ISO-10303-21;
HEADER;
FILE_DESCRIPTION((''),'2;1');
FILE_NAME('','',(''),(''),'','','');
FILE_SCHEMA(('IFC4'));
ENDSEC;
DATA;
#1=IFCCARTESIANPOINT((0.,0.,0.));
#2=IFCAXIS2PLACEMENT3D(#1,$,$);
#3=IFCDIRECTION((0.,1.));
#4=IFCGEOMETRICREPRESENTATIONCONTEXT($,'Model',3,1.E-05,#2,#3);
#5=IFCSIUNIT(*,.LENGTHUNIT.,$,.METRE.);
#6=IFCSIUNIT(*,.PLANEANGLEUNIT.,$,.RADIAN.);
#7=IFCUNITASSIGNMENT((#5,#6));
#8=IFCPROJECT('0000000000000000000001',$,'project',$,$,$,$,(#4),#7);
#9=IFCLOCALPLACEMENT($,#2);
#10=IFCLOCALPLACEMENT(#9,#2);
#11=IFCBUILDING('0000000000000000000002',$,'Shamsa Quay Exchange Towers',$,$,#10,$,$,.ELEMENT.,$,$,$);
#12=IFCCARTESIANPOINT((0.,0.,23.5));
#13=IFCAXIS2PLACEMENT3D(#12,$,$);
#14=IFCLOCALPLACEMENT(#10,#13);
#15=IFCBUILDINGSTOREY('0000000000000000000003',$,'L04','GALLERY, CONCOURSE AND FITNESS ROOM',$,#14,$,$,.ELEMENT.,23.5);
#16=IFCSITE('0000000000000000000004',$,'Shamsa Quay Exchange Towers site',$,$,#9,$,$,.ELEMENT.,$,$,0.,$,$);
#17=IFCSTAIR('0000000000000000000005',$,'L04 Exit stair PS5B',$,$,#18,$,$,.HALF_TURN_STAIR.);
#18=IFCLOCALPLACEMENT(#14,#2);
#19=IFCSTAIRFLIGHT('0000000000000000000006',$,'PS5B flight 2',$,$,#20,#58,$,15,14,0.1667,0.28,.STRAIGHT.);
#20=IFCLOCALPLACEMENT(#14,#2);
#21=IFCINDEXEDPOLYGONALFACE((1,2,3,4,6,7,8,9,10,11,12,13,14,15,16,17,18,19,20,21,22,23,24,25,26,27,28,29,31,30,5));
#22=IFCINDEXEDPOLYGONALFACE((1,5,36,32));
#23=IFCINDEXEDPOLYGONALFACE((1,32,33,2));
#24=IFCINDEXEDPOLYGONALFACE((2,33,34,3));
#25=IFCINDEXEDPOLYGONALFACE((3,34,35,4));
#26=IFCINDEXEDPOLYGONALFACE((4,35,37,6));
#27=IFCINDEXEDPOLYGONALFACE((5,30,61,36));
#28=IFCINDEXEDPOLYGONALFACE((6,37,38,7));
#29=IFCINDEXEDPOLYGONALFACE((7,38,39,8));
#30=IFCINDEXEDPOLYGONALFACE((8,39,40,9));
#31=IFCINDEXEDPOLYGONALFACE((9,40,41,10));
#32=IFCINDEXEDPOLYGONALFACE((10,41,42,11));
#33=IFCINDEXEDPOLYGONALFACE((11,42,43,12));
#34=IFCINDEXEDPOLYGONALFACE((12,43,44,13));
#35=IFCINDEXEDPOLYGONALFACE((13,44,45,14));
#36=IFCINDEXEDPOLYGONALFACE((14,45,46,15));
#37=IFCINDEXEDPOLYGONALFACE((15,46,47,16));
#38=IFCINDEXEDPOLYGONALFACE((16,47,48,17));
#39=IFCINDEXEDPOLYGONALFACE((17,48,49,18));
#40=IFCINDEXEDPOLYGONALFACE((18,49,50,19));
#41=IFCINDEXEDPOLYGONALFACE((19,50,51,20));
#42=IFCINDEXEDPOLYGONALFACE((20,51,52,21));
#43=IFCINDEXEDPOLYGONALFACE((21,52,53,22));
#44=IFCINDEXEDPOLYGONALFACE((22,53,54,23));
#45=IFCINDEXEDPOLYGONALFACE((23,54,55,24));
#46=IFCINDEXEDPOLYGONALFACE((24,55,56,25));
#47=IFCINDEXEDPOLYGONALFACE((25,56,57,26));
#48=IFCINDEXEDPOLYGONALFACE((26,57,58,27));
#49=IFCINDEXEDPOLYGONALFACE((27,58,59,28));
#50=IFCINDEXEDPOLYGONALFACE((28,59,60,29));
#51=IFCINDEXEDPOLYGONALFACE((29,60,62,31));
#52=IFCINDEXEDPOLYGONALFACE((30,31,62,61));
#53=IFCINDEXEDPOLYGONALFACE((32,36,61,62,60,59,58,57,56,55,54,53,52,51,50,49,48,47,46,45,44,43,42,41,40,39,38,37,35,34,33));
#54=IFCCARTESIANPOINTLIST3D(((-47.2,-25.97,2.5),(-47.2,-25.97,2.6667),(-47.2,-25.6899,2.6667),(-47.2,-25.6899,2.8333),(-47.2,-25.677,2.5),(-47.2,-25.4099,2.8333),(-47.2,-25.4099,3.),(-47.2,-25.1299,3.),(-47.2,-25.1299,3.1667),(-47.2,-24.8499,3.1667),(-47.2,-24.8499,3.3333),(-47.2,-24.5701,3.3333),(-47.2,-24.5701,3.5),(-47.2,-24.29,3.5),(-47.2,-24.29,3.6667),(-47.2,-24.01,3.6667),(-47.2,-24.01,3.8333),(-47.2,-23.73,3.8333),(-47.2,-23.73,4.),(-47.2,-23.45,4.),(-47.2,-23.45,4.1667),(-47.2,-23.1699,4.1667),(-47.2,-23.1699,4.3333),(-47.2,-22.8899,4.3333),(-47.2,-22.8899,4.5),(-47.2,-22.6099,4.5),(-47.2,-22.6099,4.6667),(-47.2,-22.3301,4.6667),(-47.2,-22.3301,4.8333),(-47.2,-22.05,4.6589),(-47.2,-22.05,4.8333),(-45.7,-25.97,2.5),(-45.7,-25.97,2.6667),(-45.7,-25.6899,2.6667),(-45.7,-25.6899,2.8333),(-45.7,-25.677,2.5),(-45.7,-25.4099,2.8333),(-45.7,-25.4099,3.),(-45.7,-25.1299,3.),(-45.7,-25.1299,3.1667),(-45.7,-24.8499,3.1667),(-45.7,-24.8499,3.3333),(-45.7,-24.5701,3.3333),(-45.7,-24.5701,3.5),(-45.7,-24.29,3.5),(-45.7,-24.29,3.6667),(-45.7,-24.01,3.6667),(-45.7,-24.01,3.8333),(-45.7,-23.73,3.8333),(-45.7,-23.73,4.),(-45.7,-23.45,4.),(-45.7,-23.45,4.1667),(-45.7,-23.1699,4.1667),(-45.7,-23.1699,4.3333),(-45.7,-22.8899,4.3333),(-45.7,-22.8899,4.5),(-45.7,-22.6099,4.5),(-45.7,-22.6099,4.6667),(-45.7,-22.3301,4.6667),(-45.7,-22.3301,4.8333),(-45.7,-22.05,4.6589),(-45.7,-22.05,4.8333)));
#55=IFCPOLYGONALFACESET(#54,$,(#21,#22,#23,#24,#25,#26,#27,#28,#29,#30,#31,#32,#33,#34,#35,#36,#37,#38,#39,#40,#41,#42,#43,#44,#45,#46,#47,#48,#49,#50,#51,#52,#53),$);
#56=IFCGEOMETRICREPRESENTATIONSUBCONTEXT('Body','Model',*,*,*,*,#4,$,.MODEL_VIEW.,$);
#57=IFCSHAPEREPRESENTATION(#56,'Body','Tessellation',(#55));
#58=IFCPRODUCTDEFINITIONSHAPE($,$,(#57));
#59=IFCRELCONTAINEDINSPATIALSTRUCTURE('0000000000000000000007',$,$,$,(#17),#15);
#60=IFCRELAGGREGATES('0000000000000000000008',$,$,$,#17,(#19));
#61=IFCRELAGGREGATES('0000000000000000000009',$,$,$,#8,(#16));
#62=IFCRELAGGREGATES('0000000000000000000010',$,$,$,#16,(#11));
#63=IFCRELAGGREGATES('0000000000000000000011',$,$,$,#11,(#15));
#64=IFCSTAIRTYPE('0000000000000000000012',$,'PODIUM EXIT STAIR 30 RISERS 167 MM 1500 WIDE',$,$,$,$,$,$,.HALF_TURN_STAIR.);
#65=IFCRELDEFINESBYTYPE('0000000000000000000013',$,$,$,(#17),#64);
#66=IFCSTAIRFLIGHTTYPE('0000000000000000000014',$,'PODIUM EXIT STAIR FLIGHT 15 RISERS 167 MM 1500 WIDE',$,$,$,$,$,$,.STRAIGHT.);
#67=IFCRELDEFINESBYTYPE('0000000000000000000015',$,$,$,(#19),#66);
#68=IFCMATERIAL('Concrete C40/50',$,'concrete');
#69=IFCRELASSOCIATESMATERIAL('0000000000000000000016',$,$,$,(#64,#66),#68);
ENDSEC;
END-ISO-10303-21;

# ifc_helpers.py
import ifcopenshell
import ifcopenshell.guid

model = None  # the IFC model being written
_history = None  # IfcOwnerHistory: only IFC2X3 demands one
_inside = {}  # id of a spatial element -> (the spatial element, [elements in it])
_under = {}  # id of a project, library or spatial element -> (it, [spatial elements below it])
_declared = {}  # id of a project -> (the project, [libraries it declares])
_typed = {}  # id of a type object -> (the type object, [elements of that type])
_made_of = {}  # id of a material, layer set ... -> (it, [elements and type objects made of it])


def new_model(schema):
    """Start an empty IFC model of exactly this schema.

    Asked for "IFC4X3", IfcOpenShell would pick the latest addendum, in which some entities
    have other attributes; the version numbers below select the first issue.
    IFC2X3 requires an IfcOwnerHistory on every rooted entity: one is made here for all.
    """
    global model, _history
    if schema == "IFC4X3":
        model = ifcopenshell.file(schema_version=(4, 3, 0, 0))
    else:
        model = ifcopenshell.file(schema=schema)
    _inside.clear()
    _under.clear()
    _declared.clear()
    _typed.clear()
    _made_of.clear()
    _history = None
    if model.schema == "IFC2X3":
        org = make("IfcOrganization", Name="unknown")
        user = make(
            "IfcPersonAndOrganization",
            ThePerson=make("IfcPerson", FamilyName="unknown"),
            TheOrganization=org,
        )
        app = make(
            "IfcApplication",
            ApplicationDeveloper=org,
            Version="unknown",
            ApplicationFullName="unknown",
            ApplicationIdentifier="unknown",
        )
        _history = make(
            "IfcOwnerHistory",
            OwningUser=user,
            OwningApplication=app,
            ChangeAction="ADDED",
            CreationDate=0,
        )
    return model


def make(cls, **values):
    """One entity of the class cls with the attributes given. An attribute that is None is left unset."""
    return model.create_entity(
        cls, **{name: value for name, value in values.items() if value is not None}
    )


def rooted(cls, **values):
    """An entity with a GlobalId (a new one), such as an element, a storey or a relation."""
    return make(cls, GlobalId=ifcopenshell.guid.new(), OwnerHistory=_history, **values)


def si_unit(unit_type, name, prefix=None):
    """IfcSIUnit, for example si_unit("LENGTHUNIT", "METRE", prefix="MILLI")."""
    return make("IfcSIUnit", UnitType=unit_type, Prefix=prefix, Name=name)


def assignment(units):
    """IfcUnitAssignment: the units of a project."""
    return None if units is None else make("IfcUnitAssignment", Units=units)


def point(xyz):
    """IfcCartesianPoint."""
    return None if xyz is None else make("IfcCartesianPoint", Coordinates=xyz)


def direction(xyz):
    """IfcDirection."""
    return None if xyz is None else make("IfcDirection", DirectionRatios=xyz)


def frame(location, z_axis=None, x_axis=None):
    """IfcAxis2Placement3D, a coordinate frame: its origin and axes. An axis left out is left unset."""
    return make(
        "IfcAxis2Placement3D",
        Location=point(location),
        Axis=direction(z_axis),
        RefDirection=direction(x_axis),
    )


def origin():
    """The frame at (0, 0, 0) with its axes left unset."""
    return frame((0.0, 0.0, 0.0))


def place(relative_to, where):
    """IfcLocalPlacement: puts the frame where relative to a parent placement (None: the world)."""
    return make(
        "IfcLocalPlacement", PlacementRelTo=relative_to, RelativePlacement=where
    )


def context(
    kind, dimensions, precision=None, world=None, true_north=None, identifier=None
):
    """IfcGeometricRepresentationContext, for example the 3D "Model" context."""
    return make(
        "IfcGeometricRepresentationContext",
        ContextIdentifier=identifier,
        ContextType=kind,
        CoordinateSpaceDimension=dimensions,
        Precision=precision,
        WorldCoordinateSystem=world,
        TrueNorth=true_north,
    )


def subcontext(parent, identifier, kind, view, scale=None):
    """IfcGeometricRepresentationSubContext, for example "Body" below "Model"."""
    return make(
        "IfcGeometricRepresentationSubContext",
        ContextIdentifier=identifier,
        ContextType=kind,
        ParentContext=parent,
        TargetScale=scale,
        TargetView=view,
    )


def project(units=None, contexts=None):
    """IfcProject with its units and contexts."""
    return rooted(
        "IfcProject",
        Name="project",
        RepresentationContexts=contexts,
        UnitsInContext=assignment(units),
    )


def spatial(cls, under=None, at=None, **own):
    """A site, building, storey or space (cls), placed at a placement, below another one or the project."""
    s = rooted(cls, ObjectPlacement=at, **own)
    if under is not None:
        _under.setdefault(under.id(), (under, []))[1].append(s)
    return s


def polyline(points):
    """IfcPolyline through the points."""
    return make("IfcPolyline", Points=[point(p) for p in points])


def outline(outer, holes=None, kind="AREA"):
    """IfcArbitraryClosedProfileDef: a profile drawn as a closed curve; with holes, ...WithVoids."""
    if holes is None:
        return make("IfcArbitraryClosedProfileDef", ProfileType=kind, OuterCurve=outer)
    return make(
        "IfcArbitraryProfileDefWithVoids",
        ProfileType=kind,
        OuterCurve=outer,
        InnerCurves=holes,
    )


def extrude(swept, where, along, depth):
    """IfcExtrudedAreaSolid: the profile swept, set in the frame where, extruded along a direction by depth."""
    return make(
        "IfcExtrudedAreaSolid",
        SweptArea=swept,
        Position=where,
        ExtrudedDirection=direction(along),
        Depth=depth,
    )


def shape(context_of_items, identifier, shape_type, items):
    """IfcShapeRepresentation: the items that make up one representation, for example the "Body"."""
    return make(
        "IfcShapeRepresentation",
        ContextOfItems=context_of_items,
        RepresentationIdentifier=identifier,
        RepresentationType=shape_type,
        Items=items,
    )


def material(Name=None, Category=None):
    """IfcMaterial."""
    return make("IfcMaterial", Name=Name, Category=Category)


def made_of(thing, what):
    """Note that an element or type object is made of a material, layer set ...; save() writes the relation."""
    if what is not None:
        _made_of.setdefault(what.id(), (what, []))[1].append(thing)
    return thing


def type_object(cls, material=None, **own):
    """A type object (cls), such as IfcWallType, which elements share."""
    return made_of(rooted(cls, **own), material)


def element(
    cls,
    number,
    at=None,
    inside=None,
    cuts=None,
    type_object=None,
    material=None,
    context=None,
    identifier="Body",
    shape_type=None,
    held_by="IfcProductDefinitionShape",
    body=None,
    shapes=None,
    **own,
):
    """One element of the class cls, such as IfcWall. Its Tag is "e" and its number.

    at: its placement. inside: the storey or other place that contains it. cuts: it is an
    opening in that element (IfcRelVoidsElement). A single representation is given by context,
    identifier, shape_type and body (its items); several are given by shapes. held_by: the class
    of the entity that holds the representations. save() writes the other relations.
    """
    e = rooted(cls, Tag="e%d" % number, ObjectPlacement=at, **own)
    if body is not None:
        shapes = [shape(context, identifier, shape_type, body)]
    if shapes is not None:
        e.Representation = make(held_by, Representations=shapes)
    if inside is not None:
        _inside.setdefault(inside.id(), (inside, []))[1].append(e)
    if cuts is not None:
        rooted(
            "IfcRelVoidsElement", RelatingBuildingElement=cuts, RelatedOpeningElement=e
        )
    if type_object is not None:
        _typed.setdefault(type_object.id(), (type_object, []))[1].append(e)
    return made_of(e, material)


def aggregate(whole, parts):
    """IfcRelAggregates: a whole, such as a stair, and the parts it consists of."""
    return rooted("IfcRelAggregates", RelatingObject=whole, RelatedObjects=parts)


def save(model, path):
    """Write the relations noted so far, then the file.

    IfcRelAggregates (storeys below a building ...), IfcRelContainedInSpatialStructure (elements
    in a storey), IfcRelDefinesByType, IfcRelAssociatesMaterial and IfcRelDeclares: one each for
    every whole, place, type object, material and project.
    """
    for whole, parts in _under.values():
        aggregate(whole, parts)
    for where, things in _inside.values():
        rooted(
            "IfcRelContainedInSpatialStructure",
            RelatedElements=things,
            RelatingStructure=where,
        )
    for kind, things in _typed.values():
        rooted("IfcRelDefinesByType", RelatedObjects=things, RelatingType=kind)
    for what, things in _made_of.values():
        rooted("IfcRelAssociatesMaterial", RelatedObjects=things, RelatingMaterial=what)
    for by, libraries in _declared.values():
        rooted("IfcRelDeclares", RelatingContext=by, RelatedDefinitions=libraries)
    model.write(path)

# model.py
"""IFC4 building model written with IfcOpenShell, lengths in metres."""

from ifc_helpers import new_model, si_unit, direction, frame, origin, place, context, subcontext, project, spatial, polyline, outline, extrude, material, type_object, element, aggregate, save


model = new_model("IFC4")

# Units and contexts
model_context = context("Model", 3, precision=1e-05, world=origin(), true_north=direction((0.0, 1.0)))
body_context = subcontext(model_context, "Body", "Model", "MODEL_VIEW")
ifc_project = project(units=[si_unit("LENGTHUNIT", "METRE"), si_unit("PLANEANGLEUNIT", "RADIAN")], contexts=[model_context])

# Site, building, storey
site_placement = place(None, origin())
site = spatial("IfcSite", under=ifc_project, at=site_placement, Name="Shamsa Quay Exchange Towers site", CompositionType="ELEMENT", RefElevation=0.0)
building_placement = place(site_placement, origin())
building = spatial("IfcBuilding", under=site, at=building_placement, Name="Shamsa Quay Exchange Towers", CompositionType="ELEMENT")
storey_placement = place(building_placement, frame((0.0, 0.0, 23.5)))
storey = spatial("IfcBuildingStorey", under=building, at=storey_placement, Name="L04", Description="GALLERY, CONCOURSE AND FITNESS ROOM", CompositionType="ELEMENT", Elevation=23.5)

# Stair, stair flight
ifc_material_1 = material(Name="Concrete C40/50", Category="concrete")
stair_type = type_object("IfcStairType", Name="PODIUM EXIT STAIR 30 RISERS 167 MM 1500 WIDE", PredefinedType="HALF_TURN_STAIR", material=ifc_material_1)
stair_flight_type = type_object("IfcStairFlightType", Name="PODIUM EXIT STAIR FLIGHT 15 RISERS 167 MM 1500 WIDE", PredefinedType="STRAIGHT", material=ifc_material_1)
stair_1_placement = place(storey_placement, origin())
stair_1 = element("IfcStair", 1, at=stair_1_placement, inside=storey, type_object=stair_type, Name="L04 Exit stair PS5B", PredefinedType="HALF_TURN_STAIR")
stair_flight_1_placement = place(storey_placement, frame((-46.45, -25.97, 2.5), z_axis=(0.0, 0.0, 1.0), x_axis=(0.0, 1.0, 0.0)))
stair_flight_1 = element("IfcStairFlight", 2, at=stair_flight_1_placement, type_object=stair_flight_type, Name="PS5B flight 2", NumberOfRisers=15, NumberOfTreads=14, PredefinedType="STRAIGHT", RiserHeight=0.1667, TreadLength=0.28, context=body_context, shape_type="SweptSolid", body=[
    extrude(outline(polyline([(0.0, 0.0), (0.0, 0.1667), (0.28, 0.1667), (0.28, 0.3333), (0.5601, 0.3333), (0.5601, 0.5), (0.8401, 0.5), (0.8401, 0.6667), (1.1201, 0.6667), (1.1201, 0.8333), (1.3999, 0.8333), (1.3999, 1.0), (1.6799, 1.0), (1.6799, 1.1667), (1.96, 1.1667), (1.96, 1.3333), (2.24, 1.3333), (2.24, 1.5), (2.52, 1.5), (2.52, 1.6667), (2.8, 1.6667), (2.8, 1.8333), (3.0801, 1.8333), (3.0801, 2.0), (3.3601, 2.0), (3.3601, 2.1667), (3.6399, 2.1667), (3.6399, 2.3333), (3.9199, 2.3333), (3.9199, 2.5), (3.9199, 2.1589), (0.293, 0.0), (0.0, 0.0)])), frame((0.0, 0.75, 0.0), z_axis=(0.0, -1.0, 0.0), x_axis=(1.0, 0.0, 0.0)), (0.0, 0.0, 1.0), 1.5),
])
aggregate(stair_1, [stair_flight_1])

save(model, "model.ifc")
